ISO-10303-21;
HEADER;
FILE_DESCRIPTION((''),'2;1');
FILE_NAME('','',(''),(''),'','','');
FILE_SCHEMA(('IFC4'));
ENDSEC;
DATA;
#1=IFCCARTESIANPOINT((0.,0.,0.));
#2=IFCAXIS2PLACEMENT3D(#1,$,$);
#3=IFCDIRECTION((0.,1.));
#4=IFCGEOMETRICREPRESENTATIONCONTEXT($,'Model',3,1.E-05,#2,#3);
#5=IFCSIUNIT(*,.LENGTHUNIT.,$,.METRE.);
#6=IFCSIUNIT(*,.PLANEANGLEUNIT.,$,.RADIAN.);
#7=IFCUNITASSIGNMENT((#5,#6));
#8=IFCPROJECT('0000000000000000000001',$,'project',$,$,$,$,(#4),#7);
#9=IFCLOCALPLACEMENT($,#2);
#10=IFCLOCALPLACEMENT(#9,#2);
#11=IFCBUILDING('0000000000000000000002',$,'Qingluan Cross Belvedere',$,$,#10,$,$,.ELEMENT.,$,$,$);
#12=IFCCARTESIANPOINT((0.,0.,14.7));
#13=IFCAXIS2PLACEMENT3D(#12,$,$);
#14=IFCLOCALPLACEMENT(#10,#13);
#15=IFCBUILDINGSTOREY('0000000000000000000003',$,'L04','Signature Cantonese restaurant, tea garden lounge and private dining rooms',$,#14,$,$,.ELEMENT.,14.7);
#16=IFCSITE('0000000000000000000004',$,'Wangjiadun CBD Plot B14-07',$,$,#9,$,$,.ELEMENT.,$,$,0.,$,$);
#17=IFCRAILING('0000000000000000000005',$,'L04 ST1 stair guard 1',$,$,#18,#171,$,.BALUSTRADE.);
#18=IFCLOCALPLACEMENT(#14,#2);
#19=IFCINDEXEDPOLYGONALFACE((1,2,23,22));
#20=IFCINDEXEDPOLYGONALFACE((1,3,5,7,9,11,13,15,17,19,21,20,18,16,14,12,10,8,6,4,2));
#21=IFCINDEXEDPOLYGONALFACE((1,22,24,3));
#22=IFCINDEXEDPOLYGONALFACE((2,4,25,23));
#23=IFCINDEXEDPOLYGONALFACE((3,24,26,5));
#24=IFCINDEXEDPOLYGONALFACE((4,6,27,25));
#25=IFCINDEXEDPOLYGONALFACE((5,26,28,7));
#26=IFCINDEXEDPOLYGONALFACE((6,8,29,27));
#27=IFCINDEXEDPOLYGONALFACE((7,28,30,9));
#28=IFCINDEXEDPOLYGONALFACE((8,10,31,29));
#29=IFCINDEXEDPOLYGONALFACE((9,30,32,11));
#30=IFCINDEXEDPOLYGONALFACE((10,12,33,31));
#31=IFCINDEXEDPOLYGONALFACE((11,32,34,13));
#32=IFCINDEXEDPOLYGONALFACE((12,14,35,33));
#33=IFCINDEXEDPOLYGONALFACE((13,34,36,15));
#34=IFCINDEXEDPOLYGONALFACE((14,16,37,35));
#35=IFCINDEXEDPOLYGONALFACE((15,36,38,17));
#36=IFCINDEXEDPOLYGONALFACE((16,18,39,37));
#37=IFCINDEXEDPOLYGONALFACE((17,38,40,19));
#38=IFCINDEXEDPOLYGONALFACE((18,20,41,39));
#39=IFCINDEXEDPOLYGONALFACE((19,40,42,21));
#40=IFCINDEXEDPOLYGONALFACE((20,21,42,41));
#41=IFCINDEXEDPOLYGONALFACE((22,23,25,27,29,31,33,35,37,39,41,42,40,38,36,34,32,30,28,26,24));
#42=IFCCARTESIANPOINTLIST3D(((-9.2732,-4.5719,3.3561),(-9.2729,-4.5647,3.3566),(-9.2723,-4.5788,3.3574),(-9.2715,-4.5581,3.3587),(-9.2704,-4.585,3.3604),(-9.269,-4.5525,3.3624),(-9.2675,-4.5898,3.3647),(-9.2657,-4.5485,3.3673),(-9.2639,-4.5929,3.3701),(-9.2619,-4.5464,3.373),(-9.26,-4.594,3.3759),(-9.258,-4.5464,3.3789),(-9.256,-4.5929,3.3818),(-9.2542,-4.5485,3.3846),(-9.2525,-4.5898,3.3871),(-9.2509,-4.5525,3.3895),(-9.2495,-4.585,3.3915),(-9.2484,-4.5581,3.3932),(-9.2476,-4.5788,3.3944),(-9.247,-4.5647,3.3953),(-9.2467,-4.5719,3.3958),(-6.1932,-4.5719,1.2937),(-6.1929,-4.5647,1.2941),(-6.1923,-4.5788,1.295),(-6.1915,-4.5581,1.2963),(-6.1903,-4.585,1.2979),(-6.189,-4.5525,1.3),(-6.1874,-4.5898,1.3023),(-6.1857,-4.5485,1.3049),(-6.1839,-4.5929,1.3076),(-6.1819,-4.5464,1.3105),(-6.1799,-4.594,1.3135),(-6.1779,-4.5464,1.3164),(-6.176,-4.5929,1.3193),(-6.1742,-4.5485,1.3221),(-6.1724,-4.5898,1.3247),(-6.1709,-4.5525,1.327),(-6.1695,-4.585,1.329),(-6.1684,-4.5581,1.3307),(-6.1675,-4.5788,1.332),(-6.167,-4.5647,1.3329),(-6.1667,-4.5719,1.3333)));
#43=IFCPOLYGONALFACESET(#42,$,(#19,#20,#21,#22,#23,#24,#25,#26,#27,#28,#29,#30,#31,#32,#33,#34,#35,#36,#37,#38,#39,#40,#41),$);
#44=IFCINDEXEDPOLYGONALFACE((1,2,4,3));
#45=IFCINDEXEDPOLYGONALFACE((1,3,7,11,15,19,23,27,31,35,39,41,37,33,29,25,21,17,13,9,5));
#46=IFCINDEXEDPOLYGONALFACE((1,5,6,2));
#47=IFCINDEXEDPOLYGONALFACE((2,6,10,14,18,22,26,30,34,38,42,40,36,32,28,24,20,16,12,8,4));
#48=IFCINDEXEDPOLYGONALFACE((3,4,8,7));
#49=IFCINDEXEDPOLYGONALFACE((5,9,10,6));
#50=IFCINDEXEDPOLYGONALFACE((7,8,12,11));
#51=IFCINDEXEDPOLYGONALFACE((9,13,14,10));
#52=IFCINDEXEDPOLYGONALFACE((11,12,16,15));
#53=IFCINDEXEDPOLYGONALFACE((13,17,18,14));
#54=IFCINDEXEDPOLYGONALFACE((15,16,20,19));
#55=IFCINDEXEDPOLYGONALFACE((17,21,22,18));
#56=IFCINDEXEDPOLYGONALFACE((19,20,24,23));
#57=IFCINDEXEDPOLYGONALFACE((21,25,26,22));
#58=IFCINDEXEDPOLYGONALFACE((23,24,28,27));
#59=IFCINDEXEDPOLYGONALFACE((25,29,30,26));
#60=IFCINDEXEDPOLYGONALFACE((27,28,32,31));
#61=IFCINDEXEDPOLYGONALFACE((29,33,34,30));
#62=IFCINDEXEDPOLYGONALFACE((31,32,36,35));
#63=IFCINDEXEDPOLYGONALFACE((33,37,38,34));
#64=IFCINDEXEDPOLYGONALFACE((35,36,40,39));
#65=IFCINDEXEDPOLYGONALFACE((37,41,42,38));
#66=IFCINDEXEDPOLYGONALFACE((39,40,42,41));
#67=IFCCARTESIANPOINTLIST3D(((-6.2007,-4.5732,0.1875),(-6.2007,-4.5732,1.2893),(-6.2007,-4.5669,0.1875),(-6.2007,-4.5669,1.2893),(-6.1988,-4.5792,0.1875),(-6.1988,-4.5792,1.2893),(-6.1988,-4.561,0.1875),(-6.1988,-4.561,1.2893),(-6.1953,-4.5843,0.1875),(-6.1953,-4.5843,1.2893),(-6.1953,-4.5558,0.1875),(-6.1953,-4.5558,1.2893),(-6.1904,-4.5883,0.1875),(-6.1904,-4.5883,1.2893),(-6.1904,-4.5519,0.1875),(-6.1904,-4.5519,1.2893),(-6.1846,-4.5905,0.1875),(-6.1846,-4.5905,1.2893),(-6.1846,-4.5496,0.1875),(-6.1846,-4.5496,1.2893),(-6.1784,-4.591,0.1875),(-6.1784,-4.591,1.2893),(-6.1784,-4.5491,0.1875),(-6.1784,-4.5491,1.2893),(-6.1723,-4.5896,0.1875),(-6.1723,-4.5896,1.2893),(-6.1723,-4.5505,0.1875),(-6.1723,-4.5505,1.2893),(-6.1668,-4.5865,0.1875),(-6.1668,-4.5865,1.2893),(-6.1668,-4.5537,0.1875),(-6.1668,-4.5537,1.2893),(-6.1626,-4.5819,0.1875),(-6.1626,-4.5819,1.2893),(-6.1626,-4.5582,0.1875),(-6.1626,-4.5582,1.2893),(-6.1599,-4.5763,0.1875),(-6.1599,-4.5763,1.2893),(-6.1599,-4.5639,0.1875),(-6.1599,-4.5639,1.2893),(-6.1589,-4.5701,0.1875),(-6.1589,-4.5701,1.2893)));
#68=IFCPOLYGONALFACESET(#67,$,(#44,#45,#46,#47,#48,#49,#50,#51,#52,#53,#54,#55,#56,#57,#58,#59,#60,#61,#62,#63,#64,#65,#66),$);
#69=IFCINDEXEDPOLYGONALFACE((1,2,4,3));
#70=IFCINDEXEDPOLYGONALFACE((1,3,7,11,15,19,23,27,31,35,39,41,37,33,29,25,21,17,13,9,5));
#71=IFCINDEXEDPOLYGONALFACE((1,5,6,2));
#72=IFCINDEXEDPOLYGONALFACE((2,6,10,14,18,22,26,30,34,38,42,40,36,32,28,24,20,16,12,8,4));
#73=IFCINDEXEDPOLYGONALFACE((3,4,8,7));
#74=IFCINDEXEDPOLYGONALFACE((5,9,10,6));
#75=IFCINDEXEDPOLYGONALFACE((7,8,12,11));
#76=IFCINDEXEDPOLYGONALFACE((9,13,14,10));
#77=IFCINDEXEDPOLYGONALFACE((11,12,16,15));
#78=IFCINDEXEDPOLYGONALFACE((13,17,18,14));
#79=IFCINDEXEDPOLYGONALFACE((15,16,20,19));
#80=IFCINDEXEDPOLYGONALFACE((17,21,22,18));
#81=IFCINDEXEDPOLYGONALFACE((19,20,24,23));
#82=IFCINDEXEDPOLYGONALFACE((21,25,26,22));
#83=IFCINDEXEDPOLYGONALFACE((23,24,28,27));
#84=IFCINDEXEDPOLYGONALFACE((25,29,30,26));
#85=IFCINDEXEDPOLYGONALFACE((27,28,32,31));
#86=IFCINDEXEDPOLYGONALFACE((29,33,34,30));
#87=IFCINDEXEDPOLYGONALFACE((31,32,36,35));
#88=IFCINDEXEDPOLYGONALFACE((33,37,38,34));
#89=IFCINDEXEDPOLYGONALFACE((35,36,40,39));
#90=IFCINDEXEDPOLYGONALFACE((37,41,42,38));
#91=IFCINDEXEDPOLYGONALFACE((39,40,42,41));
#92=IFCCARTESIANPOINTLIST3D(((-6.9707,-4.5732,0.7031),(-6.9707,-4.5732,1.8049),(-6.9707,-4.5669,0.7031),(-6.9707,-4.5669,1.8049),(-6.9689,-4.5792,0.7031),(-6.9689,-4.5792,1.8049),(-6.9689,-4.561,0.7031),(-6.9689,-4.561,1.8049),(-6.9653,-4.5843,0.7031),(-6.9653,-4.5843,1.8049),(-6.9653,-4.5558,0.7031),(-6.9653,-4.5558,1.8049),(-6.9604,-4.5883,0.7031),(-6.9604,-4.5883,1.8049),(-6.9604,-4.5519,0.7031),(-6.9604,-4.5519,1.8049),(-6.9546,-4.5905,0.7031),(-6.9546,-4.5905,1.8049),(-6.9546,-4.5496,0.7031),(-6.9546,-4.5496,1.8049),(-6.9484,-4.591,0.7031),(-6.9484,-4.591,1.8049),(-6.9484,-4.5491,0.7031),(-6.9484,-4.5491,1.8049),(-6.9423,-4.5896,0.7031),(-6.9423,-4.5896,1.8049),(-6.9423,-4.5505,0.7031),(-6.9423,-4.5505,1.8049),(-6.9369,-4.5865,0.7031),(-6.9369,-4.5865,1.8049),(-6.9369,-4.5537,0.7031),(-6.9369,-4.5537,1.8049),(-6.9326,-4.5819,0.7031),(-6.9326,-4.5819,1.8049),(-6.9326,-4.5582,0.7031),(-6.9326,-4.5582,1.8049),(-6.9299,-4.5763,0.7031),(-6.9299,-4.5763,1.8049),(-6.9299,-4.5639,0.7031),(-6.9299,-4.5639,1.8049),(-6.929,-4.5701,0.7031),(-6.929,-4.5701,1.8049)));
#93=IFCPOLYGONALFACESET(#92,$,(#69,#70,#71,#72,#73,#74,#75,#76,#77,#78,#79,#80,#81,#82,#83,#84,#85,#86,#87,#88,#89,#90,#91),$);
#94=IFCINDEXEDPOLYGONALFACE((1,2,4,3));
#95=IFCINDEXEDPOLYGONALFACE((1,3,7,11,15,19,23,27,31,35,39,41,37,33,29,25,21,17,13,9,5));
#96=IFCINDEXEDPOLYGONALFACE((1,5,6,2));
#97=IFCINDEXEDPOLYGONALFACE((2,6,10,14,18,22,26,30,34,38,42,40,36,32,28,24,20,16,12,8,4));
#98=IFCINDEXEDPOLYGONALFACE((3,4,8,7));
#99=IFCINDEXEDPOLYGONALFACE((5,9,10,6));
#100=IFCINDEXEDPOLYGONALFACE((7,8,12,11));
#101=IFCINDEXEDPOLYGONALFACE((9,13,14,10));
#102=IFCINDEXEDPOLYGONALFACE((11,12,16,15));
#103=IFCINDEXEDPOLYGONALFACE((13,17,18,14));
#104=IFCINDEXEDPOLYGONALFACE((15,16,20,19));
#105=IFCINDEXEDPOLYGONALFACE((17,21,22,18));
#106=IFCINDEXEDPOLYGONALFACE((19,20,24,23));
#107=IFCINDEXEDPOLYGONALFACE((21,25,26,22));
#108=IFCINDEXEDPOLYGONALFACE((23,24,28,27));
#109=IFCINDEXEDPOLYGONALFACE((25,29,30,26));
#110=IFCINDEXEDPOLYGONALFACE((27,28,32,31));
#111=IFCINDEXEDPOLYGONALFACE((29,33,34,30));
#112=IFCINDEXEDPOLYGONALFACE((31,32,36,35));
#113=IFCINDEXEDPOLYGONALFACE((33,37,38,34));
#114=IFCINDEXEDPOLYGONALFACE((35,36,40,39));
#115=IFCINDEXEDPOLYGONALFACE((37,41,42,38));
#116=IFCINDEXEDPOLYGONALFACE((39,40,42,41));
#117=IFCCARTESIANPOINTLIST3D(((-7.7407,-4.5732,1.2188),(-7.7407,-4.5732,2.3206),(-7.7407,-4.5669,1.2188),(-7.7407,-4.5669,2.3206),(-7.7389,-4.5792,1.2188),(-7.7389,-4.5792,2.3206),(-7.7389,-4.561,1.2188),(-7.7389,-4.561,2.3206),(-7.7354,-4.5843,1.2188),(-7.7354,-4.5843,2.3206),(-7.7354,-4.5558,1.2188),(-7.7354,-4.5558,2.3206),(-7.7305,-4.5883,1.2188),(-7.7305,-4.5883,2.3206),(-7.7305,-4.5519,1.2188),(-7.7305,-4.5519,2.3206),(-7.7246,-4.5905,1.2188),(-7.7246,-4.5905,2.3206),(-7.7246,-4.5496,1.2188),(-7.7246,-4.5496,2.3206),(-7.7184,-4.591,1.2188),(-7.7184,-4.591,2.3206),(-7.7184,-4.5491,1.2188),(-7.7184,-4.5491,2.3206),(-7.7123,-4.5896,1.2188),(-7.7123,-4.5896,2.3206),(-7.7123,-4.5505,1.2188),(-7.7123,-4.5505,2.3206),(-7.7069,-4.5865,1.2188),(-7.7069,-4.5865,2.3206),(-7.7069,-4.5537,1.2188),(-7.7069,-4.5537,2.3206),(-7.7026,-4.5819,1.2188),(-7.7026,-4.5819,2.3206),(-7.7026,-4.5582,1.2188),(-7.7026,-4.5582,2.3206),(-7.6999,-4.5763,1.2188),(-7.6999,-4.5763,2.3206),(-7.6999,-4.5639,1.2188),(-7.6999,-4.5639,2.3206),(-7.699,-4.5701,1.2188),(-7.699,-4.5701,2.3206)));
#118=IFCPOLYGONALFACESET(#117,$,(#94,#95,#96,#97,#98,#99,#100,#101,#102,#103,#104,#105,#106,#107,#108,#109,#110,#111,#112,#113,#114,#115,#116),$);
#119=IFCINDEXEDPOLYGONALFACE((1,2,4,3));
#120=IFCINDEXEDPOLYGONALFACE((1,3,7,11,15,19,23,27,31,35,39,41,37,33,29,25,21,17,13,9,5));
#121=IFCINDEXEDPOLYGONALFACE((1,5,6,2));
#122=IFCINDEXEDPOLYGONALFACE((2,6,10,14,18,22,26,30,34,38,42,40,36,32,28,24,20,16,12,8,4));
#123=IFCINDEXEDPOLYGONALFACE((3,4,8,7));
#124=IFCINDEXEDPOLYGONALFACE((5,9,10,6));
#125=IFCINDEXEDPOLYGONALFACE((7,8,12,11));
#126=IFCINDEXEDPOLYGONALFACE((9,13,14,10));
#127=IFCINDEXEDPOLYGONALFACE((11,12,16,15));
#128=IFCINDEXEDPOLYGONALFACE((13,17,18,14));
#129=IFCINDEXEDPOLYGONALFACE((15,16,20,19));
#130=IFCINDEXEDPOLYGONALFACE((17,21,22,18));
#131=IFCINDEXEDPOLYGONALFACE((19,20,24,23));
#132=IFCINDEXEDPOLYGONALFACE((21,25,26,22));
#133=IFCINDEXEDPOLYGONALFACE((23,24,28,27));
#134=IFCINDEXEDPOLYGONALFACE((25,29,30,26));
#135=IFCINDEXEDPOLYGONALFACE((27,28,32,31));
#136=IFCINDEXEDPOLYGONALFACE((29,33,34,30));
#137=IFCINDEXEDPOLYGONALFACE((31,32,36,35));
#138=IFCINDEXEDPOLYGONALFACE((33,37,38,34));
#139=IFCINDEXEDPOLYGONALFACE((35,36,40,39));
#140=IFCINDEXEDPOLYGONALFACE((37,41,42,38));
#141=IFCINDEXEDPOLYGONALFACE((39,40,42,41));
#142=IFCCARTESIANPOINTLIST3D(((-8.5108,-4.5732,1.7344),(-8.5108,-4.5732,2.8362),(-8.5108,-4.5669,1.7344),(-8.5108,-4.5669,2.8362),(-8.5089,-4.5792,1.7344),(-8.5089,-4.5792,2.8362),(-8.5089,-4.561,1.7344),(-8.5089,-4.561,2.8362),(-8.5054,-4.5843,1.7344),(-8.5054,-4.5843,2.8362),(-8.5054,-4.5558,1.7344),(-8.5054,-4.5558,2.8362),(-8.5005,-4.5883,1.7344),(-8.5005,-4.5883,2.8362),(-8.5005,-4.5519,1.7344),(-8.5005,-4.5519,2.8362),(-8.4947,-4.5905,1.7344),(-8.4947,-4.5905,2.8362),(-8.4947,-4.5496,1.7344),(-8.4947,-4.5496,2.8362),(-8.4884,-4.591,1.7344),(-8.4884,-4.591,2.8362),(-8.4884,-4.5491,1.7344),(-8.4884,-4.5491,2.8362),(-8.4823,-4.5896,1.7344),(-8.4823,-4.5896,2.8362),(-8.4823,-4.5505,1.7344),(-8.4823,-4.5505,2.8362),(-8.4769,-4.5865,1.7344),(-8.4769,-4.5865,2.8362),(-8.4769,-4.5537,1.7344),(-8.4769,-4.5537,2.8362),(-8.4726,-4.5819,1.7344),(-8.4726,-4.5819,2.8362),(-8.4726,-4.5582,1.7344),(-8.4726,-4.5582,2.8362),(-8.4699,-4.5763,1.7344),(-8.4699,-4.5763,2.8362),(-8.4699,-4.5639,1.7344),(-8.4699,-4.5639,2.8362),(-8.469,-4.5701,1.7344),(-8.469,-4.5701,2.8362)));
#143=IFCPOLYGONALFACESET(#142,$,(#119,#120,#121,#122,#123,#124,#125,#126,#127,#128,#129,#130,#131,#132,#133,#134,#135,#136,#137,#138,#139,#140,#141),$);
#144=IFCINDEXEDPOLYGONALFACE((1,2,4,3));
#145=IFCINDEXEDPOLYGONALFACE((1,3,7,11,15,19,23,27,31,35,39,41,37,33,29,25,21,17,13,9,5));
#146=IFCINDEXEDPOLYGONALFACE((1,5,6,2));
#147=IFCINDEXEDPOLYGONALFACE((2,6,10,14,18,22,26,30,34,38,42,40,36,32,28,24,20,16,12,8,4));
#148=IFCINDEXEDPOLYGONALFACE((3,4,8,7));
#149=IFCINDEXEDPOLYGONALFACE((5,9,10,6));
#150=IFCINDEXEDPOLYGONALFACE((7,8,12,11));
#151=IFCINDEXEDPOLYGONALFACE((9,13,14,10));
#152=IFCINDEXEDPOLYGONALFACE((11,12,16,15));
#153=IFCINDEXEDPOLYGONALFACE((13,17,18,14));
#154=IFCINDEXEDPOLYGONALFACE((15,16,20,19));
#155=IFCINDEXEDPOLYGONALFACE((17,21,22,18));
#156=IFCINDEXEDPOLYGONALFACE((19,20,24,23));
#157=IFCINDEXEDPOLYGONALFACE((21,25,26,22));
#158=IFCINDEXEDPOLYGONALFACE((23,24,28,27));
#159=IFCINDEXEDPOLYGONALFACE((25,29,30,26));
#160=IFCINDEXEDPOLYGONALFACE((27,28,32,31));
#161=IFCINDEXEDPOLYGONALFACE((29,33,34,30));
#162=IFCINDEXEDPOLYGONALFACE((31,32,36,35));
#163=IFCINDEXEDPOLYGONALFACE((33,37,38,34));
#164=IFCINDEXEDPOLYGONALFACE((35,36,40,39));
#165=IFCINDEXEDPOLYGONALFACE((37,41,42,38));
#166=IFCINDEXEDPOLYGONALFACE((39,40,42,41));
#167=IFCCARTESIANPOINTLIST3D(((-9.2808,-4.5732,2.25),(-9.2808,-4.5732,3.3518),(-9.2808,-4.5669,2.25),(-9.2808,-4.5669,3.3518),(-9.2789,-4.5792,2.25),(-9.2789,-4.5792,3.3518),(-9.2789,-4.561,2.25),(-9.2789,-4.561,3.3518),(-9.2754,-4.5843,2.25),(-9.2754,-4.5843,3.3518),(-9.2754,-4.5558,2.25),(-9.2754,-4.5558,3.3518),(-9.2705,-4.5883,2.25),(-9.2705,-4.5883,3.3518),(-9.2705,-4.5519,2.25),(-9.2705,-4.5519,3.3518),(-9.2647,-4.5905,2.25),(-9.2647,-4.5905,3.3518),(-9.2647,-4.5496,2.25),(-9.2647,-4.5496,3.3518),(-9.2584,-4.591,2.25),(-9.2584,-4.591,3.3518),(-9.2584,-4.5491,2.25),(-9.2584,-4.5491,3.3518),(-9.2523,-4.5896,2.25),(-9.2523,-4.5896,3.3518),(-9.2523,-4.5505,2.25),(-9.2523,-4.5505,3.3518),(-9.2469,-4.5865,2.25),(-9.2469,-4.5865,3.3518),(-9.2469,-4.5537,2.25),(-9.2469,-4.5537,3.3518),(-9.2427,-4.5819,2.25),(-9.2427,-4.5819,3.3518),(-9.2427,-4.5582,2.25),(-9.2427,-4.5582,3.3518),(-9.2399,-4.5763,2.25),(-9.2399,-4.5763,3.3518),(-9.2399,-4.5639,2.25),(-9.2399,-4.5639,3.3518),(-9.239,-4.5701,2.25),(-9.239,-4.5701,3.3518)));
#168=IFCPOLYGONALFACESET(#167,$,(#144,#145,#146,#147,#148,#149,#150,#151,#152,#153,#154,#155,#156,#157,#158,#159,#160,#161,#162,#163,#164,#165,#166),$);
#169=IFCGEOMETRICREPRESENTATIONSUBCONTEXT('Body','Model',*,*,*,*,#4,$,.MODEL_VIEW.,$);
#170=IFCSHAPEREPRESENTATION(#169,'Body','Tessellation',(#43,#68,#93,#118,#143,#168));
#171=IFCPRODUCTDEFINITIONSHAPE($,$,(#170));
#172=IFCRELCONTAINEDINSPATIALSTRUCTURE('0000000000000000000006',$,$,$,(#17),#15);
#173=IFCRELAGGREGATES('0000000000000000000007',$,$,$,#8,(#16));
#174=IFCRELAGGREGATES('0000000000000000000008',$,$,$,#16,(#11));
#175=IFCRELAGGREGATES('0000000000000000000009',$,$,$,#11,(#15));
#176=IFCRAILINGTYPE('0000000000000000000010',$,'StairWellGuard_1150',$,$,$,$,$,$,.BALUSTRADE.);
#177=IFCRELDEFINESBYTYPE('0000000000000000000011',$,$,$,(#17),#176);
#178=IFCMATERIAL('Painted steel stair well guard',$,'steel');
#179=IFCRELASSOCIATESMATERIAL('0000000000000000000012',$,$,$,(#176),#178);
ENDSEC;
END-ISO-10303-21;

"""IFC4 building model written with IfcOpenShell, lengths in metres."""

from ifc_helpers import new_model, si_unit, direction, frame, origin, origin_2d, place, context, subcontext, project, spatial, circle, extrude, material, type_object, element, save


model = new_model("IFC4")

# Units and contexts
model_context = context("Model", 3, precision=1e-05, world=origin(), true_north=direction((0.0, 1.0)))
body_context = subcontext(model_context, "Body", "Model", "MODEL_VIEW")
ifc_project = project(units=[si_unit("LENGTHUNIT", "METRE"), si_unit("PLANEANGLEUNIT", "RADIAN")], contexts=[model_context])

# Site, building, storey
site_placement = place(None, origin())
site = spatial("IfcSite", under=ifc_project, at=site_placement, Name="Wangjiadun CBD Plot B14-07", CompositionType="ELEMENT", RefElevation=0.0)
building_placement = place(site_placement, origin())
building = spatial("IfcBuilding", under=site, at=building_placement, Name="Qingluan Cross Belvedere", CompositionType="ELEMENT")
storey_placement = place(building_placement, frame((0.0, 0.0, 14.7)))
storey = spatial("IfcBuildingStorey", under=building, at=storey_placement, Name="L04", Description="Signature Cantonese restaurant, tea garden lounge and private dining rooms", CompositionType="ELEMENT", Elevation=14.7)

# Railing
ifc_material_1 = material(Name="Painted steel stair well guard", Category="steel")
railing_type_1 = type_object("IfcRailingType", Name="StairWellGuard_1150", PredefinedType="BALUSTRADE", material=ifc_material_1)
railing_1_placement = place(storey_placement, frame((-6.1799, -4.5701, 0.1875)))
element("IfcRailing", 1, at=railing_1_placement, inside=storey, type_object=railing_type_1, Name="L04 ST1 stair guard 1", PredefinedType="BALUSTRADE", context=body_context, shape_type="SweptSolid", body=[
    extrude(circle(Radius=0.0239, at=origin_2d()), frame((0.0, 0.0, 1.126), z_axis=(-0.830914, 0.0, 0.556401), x_axis=(0.0, -1.0, 0.0)), (0.0, 0.0, 1.0), 3.7068),
    extrude(circle(Radius=0.021, at=origin_2d()), origin(), (0.0, 0.0, 1.0), 1.1018),
    extrude(circle(Radius=0.021, at=origin_2d()), frame((-0.77, 0.0, 0.5156)), (0.0, 0.0, 1.0), 1.1018),
    extrude(circle(Radius=0.021, at=origin_2d()), frame((-1.54, 0.0, 1.0312)), (0.0, 0.0, 1.0), 1.1018),
    extrude(circle(Radius=0.021, at=origin_2d()), frame((-2.3101, 0.0, 1.5469)), (0.0, 0.0, 1.0), 1.1018),
    extrude(circle(Radius=0.021, at=origin_2d()), frame((-3.0801, 0.0, 2.0625)), (0.0, 0.0, 1.0), 1.1018),
])

save(model, "model.ifc")
